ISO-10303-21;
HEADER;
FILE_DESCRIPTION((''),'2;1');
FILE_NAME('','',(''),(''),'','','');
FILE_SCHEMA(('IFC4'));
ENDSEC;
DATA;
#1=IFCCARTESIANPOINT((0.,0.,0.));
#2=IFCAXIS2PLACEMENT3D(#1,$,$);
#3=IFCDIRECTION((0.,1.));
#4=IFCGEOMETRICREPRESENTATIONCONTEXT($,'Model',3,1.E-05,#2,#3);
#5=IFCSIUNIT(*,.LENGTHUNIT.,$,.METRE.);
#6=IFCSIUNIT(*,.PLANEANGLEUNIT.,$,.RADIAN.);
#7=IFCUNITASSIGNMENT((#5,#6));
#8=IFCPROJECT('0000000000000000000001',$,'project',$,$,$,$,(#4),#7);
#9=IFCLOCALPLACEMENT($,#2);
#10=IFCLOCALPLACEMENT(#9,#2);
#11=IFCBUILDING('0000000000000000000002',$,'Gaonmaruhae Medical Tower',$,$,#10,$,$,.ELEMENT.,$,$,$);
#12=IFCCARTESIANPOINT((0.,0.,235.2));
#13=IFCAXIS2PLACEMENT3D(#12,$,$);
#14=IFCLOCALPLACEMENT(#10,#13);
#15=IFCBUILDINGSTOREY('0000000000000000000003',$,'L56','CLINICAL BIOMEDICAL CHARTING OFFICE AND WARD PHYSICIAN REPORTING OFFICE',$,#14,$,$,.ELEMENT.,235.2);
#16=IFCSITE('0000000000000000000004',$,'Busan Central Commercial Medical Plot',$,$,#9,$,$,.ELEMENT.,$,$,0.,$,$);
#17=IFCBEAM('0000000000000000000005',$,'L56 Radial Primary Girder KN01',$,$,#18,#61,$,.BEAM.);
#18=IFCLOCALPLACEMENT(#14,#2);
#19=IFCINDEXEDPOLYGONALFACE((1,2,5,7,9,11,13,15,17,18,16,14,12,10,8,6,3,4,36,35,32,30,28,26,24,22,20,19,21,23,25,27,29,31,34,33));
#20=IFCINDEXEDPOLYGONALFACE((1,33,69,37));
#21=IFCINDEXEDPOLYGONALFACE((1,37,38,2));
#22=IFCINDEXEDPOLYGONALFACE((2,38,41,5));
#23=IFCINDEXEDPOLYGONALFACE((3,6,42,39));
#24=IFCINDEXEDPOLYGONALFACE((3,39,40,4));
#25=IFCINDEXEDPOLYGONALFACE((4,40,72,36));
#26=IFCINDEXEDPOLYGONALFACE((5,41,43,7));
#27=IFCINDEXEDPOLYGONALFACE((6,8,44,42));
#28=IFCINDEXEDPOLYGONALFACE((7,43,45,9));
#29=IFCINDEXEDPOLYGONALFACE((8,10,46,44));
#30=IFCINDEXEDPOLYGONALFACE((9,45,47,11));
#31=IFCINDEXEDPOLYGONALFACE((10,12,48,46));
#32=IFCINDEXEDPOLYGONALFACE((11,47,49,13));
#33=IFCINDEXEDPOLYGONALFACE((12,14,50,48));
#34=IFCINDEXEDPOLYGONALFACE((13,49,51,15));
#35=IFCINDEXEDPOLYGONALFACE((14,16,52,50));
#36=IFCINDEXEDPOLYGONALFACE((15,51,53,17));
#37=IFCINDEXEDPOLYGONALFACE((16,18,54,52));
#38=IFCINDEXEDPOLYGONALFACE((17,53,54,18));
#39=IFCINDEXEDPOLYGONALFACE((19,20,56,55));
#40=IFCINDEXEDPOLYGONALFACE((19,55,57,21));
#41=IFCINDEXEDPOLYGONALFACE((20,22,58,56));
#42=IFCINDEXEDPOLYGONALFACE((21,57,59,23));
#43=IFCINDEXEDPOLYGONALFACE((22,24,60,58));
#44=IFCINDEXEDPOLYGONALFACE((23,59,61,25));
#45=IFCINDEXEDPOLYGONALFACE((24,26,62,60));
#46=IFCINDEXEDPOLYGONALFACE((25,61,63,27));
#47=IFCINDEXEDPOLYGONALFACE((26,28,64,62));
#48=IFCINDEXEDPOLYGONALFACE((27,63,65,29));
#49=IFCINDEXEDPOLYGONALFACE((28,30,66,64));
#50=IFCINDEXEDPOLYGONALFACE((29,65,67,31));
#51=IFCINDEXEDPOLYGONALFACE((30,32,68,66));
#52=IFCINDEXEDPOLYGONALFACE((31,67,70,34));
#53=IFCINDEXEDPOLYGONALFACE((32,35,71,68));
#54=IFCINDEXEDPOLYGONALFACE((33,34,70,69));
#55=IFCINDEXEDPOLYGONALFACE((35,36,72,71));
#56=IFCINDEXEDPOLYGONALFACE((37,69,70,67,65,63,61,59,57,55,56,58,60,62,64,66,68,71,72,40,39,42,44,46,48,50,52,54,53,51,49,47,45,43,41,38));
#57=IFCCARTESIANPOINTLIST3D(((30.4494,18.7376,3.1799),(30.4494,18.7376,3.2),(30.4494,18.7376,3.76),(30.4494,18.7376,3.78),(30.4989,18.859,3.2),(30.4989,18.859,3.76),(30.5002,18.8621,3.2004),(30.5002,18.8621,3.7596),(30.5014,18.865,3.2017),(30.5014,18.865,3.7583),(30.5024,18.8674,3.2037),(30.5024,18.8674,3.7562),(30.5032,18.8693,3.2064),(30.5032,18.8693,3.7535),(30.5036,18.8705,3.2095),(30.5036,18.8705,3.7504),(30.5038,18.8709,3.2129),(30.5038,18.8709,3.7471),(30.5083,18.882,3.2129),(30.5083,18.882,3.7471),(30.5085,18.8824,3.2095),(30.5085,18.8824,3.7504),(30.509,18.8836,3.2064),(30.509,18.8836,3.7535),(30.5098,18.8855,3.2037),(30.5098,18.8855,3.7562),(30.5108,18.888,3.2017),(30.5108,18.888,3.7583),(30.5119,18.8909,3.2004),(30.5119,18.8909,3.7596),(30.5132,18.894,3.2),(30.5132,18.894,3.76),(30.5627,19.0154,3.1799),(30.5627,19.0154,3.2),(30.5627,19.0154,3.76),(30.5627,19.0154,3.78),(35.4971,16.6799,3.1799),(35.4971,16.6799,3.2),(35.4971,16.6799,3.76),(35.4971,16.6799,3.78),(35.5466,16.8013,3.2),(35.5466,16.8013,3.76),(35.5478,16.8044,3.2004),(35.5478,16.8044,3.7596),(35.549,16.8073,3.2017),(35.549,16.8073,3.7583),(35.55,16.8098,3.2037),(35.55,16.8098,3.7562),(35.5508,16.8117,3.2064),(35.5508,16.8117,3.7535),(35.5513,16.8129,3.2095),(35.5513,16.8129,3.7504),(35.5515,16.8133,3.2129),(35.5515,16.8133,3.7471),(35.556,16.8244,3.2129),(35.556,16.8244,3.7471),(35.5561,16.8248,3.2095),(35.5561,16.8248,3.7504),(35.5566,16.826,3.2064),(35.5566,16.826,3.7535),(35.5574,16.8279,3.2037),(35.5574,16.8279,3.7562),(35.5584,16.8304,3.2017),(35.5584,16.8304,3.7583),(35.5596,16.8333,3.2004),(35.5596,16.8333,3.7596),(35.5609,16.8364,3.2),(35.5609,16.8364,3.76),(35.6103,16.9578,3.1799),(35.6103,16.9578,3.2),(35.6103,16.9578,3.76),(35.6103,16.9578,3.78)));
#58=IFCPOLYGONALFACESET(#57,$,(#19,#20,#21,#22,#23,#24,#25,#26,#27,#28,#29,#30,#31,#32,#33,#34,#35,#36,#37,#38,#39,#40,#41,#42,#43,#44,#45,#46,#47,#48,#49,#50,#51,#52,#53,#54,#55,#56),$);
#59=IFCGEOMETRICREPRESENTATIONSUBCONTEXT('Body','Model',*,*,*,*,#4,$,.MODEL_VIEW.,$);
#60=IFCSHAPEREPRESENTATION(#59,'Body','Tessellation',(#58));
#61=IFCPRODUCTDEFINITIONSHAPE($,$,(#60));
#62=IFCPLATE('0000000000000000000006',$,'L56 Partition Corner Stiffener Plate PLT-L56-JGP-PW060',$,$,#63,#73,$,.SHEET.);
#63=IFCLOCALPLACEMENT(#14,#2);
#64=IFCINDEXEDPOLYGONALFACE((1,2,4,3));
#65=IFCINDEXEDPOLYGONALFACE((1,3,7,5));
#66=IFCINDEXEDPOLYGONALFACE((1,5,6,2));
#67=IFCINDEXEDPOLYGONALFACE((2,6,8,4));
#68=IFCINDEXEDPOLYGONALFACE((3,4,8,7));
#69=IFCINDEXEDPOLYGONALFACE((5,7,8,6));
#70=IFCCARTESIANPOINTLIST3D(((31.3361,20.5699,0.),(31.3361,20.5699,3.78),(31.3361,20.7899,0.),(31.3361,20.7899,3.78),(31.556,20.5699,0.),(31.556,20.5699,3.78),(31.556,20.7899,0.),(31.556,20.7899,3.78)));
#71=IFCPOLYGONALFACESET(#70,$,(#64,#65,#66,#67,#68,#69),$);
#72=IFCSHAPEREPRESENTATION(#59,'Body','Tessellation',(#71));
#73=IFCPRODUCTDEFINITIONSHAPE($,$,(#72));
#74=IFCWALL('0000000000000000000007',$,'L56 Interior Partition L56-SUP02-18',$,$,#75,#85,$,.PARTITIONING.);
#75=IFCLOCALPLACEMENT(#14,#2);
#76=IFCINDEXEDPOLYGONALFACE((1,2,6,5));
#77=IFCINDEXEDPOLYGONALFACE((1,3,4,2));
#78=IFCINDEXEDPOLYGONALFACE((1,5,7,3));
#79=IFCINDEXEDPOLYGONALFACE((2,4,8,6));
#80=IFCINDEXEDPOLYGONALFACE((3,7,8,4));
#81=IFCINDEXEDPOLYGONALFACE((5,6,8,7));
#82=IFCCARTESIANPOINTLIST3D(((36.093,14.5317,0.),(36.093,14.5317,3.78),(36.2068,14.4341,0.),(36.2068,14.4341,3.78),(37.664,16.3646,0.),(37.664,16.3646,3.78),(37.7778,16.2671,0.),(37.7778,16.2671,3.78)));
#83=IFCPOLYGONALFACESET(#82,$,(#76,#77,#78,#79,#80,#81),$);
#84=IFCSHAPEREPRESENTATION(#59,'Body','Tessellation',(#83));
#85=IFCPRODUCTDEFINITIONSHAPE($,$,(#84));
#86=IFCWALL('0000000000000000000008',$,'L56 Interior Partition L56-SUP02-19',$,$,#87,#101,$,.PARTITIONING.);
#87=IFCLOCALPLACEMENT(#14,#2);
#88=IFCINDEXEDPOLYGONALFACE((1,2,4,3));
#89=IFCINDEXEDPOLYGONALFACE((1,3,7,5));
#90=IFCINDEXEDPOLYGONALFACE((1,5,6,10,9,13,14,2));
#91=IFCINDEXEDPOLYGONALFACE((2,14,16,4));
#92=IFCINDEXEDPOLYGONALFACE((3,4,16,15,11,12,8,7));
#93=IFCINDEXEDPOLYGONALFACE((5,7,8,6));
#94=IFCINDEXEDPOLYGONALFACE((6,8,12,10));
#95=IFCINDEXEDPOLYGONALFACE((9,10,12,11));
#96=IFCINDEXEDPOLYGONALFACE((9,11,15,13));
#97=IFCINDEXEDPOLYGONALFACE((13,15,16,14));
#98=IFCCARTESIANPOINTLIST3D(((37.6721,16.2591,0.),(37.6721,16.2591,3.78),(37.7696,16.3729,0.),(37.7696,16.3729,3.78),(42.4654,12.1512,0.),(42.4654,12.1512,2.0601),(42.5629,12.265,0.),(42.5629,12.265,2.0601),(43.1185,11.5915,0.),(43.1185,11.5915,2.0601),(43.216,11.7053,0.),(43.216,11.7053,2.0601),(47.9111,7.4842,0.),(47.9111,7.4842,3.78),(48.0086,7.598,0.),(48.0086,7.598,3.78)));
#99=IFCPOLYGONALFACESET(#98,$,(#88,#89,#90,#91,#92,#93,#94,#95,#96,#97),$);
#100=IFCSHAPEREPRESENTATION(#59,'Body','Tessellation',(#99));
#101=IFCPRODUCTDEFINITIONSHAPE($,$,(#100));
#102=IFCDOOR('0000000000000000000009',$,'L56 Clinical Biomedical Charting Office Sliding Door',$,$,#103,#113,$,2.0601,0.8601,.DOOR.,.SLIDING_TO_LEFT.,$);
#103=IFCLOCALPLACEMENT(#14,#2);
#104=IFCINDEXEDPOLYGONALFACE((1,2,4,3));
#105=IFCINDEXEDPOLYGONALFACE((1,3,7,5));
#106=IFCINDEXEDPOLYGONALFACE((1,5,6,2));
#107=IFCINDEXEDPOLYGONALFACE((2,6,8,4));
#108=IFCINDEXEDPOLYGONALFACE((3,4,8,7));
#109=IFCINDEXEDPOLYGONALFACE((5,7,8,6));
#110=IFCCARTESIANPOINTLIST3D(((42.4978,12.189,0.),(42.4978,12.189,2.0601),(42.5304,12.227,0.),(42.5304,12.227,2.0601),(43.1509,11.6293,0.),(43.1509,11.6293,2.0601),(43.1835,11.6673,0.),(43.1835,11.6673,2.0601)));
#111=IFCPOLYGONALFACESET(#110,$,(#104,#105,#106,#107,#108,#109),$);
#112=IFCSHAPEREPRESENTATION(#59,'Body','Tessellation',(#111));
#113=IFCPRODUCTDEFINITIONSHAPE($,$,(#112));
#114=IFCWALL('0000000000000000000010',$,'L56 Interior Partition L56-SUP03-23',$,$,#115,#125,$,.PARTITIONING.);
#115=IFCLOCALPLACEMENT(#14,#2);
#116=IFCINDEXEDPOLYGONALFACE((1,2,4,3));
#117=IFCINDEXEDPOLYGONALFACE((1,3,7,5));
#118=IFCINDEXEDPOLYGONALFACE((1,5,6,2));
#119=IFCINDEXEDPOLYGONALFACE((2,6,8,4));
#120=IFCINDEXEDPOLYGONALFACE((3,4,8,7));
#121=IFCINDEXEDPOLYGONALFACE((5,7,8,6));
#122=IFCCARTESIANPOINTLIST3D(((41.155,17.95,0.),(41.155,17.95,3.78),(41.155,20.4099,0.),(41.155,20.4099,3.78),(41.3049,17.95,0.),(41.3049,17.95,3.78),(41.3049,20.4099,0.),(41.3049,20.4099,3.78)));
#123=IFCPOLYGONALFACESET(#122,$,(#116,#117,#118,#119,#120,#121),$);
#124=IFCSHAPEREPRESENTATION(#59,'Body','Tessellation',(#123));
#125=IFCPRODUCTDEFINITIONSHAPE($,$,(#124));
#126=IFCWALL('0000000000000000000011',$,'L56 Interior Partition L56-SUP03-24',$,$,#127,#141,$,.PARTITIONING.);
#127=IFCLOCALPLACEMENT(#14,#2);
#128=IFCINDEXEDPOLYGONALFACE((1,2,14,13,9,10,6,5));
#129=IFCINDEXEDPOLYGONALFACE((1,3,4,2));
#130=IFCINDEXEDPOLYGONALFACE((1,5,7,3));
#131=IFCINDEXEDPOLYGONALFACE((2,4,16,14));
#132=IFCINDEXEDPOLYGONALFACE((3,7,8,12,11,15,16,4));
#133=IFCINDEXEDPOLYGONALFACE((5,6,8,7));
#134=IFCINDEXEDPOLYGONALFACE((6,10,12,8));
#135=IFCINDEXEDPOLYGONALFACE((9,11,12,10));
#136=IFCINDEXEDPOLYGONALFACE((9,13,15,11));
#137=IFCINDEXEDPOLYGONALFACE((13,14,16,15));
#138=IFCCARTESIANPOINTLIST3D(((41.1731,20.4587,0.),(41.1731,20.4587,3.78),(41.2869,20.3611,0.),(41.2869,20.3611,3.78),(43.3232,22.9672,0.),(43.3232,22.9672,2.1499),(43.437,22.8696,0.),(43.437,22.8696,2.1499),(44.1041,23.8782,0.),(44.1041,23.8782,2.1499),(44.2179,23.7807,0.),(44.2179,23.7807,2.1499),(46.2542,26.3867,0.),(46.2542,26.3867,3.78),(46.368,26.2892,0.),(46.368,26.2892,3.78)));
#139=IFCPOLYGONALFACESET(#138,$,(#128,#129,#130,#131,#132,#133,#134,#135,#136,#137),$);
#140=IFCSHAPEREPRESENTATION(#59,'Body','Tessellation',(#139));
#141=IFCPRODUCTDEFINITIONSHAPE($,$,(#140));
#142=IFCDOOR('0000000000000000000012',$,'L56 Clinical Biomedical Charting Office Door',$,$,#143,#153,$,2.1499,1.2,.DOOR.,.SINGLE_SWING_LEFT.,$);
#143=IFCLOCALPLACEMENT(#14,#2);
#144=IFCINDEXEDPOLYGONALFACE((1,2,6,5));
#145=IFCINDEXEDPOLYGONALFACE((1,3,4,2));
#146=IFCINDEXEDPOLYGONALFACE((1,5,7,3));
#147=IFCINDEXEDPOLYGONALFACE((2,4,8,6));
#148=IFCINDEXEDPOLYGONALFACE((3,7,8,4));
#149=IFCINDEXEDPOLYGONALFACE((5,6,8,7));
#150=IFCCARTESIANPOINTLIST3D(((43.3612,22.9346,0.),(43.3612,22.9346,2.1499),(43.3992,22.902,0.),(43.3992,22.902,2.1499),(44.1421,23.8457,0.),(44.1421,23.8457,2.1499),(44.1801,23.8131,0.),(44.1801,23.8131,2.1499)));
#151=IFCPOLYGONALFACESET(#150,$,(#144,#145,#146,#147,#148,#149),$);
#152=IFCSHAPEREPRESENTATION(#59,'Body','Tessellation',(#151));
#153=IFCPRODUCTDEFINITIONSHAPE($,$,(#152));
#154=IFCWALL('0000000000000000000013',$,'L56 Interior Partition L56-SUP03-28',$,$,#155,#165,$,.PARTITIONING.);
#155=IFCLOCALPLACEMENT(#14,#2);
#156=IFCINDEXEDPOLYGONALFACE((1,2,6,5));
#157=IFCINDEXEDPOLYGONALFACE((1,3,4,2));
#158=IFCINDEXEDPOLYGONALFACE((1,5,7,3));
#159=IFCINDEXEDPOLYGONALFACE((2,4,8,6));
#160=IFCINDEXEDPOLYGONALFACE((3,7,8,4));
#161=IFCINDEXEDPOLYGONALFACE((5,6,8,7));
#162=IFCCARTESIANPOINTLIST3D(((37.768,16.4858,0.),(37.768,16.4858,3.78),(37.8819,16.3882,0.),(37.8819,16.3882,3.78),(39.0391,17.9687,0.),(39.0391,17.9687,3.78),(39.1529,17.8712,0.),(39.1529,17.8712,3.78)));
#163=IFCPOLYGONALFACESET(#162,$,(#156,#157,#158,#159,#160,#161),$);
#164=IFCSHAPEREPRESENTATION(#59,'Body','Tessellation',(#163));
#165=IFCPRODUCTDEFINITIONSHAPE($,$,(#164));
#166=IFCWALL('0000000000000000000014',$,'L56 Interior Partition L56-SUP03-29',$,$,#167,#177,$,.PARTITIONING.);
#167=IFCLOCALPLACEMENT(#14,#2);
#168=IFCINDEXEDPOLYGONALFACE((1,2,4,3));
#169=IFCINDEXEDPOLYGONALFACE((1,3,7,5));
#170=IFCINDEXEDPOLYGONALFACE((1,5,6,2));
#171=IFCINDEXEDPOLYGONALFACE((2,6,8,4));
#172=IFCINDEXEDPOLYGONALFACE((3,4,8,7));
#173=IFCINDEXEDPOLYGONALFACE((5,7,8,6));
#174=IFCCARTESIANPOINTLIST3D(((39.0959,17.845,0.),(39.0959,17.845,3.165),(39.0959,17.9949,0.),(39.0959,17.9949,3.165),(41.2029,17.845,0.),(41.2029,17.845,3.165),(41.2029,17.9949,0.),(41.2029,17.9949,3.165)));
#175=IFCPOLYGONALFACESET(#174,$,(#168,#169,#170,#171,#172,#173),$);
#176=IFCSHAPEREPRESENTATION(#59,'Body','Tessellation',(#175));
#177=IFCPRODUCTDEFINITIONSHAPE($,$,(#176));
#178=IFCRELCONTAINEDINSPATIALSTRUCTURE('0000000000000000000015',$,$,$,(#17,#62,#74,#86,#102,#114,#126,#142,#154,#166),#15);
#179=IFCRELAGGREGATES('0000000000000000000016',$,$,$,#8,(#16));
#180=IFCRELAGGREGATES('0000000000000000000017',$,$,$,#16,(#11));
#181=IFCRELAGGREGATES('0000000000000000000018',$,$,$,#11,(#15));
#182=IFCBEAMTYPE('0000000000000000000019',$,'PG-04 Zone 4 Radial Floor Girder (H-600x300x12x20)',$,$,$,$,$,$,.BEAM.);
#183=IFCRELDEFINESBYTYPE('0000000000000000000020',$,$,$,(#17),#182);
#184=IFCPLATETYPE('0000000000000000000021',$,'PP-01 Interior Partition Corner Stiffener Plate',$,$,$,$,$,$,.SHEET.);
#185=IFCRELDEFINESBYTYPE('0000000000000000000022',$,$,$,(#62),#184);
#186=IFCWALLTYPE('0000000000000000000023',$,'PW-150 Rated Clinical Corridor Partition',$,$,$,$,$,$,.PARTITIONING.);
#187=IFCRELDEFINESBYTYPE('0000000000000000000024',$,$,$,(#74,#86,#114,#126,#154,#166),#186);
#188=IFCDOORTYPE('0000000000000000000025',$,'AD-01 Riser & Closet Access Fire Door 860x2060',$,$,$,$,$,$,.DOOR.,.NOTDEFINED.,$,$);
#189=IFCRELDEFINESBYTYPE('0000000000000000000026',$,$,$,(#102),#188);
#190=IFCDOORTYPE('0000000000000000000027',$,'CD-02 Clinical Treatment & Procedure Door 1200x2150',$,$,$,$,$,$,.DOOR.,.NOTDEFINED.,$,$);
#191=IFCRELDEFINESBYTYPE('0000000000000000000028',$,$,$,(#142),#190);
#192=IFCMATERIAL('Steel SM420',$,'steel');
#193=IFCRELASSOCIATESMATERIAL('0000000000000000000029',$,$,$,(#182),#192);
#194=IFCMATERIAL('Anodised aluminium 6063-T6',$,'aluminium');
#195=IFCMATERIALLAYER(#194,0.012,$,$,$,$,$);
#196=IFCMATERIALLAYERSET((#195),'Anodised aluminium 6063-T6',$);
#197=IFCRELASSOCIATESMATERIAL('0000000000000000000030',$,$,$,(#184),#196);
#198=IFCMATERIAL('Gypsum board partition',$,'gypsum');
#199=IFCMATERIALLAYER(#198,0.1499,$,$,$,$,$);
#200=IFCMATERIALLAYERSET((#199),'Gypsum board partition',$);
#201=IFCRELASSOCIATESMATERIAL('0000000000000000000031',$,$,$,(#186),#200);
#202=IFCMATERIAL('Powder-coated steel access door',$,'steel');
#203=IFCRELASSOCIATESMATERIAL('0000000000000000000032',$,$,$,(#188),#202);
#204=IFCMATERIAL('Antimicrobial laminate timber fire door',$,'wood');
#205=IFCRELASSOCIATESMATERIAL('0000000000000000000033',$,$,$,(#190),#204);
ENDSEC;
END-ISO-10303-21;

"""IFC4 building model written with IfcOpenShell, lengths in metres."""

from ifc_helpers import new_model, si_unit, direction, frame, frame_2d, origin, origin_2d, place, context, subcontext, project, spatial, rectangle, i_section, extrude, material, layer, layer_set, material_profile, profile_set, type_object, element, fill, save


model = new_model("IFC4")

# Units and contexts
model_context = context("Model", 3, precision=1e-05, world=origin(), true_north=direction((0.0, 1.0)))
body_context = subcontext(model_context, "Body", "Model", "MODEL_VIEW")
ifc_project = project(units=[si_unit("LENGTHUNIT", "METRE"), si_unit("PLANEANGLEUNIT", "RADIAN")], contexts=[model_context])

# Site, building, storey
site_placement = place(None, origin())
site = spatial("IfcSite", under=ifc_project, at=site_placement, Name="Busan Central Commercial Medical Plot", CompositionType="ELEMENT", RefElevation=0.0)
building_placement = place(site_placement, origin())
building = spatial("IfcBuilding", under=site, at=building_placement, Name="Gaonmaruhae Medical Tower", CompositionType="ELEMENT")
storey_placement = place(building_placement, frame((0.0, 0.0, 235.2)))
storey = spatial("IfcBuildingStorey", under=building, at=storey_placement, Name="L56", Description="CLINICAL BIOMEDICAL CHARTING OFFICE AND WARD PHYSICIAN REPORTING OFFICE", CompositionType="ELEMENT", Elevation=235.2)

# Beam
ifc_material_1 = material(Name="Steel SM420", Category="steel")
ifc_material_profile_1 = material_profile(ifc_material_1, i_section(OverallWidth=0.3, OverallDepth=0.6001, WebThickness=0.012, FlangeThickness=0.02, FilletRadius=0.0129, at=origin_2d()), Name="H-600x300x12x20")
ifc_profile_set_1 = profile_set([ifc_material_profile_1], Name="Steel SM420")
beam_type_1 = type_object("IfcBeamType", Name="PG-04 Zone 4 Radial Floor Girder (H-600x300x12x20)", PredefinedType="BEAM", material=ifc_profile_set_1)
beam_1_placement = place(storey_placement, frame((35.5537, 16.8188, 3.48), z_axis=(-0.926016, 0.377483, 0.0), x_axis=(-0.377483, -0.926016, 0.0)))
element("IfcBeam", 1, at=beam_1_placement, inside=storey, type_object=beam_type_1, Name="L56 Radial Primary Girder KN01", PredefinedType="BEAM", context=body_context, shape_type="SweptSolid", body=[
    extrude(i_section(OverallWidth=0.3, OverallDepth=0.6001, WebThickness=0.012, FlangeThickness=0.02, FilletRadius=0.0129, at=origin_2d()), origin(), (0.0, 0.0, 1.0), 5.4509),
])

# Plate
ifc_material_2 = material(Name="Anodised aluminium 6063-T6", Category="aluminium")
ifc_layer_1 = layer(ifc_material_2, 0.012)
ifc_layer_set_1 = layer_set([ifc_layer_1], Name="Anodised aluminium 6063-T6")
plate_type = type_object("IfcPlateType", Name="PP-01 Interior Partition Corner Stiffener Plate", PredefinedType="SHEET", material=ifc_layer_set_1)
plate_placement = place(storey_placement, frame((31.446, 20.6799, 0.0), z_axis=(0.0, 0.0, 1.0), x_axis=(-1.0, 0.0, 0.0)))
element("IfcPlate", 2, at=plate_placement, inside=storey, type_object=plate_type, Name="L56 Partition Corner Stiffener Plate PLT-L56-JGP-PW060", PredefinedType="SHEET", context=body_context, shape_type="SweptSolid", body=[
    extrude(rectangle(XDim=0.22, YDim=0.22, at=origin_2d()), origin(), (0.0, 0.0, 1.0), 3.78),
])

# Wall
ifc_material_3 = material(Name="Gypsum board partition", Category="gypsum")
ifc_layer_2 = layer(ifc_material_3, 0.1499)
ifc_layer_set_2 = layer_set([ifc_layer_2], Name="Gypsum board partition")
wall_type_1 = type_object("IfcWallType", Name="PW-150 Rated Clinical Corridor Partition", PredefinedType="PARTITIONING", material=ifc_layer_set_2)
wall_1_placement = place(storey_placement, frame((36.1499, 14.4829, 0.0), z_axis=(0.0, 0.0, 1.0), x_axis=(0.650766, 0.759278, 0.0)))
element("IfcWall", 3, at=wall_1_placement, inside=storey, type_object=wall_type_1, Name="L56 Interior Partition L56-SUP02-18", PredefinedType="PARTITIONING", context=body_context, shape_type="SweptSolid", body=[
    extrude(rectangle(XDim=2.4141, YDim=0.1499, at=frame_2d((1.207, 0.0))), origin(), (0.0, 0.0, 1.0), 3.78),
])

# Wall, opening, door
wall_2_placement = place(storey_placement, frame((37.7209, 16.3159, 0.0), z_axis=(0.0, 0.0, 1.0), x_axis=(0.759308, -0.650732, 0.0)))
wall_2 = element("IfcWall", 4, at=wall_2_placement, inside=storey, type_object=wall_type_1, Name="L56 Interior Partition L56-SUP02-19", PredefinedType="PARTITIONING", context=body_context, shape_type="SweptSolid", body=[
    extrude(rectangle(XDim=13.4846, YDim=0.1499, at=frame_2d((6.7422, 0.0))), origin(), (0.0, 0.0, 1.0), 3.78),
])
opening_1_placement = place(wall_2_placement, frame((6.3125, 0.0, 0.0)))
opening_1 = element("IfcOpeningElement", 5, at=opening_1_placement, cuts=wall_2, PredefinedType="OPENING", context=body_context, shape_type="SweptSolid", body=[
    extrude(rectangle(XDim=0.8601, YDim=2.0601, at=frame_2d((0.4302, 1.03))), frame((0.0, 0.085, 0.0), z_axis=(0.0, -1.0, 0.0), x_axis=(1.0, 0.0, 0.0)), (0.0, 0.0, 1.0), 0.1699),
])
ifc_material_4 = material(Name="Powder-coated steel access door", Category="steel")
door_type_1 = type_object("IfcDoorType", Name="AD-01 Riser & Closet Access Fire Door 860x2060", OperationType="NOTDEFINED", PredefinedType="DOOR", material=ifc_material_4)
door_1_placement = place(opening_1_placement, origin())
door_1 = element("IfcDoor", 6, at=door_1_placement, inside=storey, type_object=door_type_1, Name="L56 Clinical Biomedical Charting Office Sliding Door", OperationType="SLIDING_TO_LEFT", OverallHeight=2.0601, OverallWidth=0.8601, PredefinedType="DOOR", context=body_context, shape_type="SweptSolid", body=[
    extrude(rectangle(XDim=0.8601, YDim=2.0601, at=frame_2d((0.4302, 1.03))), frame((0.0, 0.0249, 0.0), z_axis=(0.0, -1.0, 0.0), x_axis=(1.0, 0.0, 0.0)), (0.0, 0.0, 1.0), 0.05),
])
fill(opening_1, door_1)

# Wall
wall_3_placement = place(storey_placement, frame((41.23, 17.95, 0.0), z_axis=(0.0, 0.0, 1.0), x_axis=(0.0, 1.0, 0.0)))
element("IfcWall", 7, at=wall_3_placement, inside=storey, type_object=wall_type_1, Name="L56 Interior Partition L56-SUP03-23", PredefinedType="PARTITIONING", context=body_context, shape_type="SweptSolid", body=[
    extrude(rectangle(XDim=2.46, YDim=0.1499, at=frame_2d((1.23, 0.0))), origin(), (0.0, 0.0, 1.0), 3.78),
])

# Wall, opening, door
wall_4_placement = place(storey_placement, frame((41.23, 20.4099, 0.0), z_axis=(0.0, 0.0, 1.0), x_axis=(0.650786, 0.759261, 0.0)))
wall_4 = element("IfcWall", 8, at=wall_4_placement, inside=storey, type_object=wall_type_1, Name="L56 Interior Partition L56-SUP03-24", PredefinedType="PARTITIONING", context=body_context, shape_type="SweptSolid", body=[
    extrude(rectangle(XDim=7.8076, YDim=0.1499, at=frame_2d((3.9038, 0.0))), origin(), (0.0, 0.0, 1.0), 3.78),
])
opening_2_placement = place(wall_4_placement, frame((3.3037, 0.0, 0.0)))
opening_2 = element("IfcOpeningElement", 9, at=opening_2_placement, cuts=wall_4, PredefinedType="OPENING", context=body_context, shape_type="SweptSolid", body=[
    extrude(rectangle(XDim=1.2, YDim=2.1499, at=frame_2d((0.6001, 1.075))), frame((0.0, 0.085, 0.0), z_axis=(0.0, -1.0, 0.0), x_axis=(1.0, 0.0, 0.0)), (0.0, 0.0, 1.0), 0.1699),
])
ifc_material_5 = material(Name="Antimicrobial laminate timber fire door", Category="wood")
door_type_2 = type_object("IfcDoorType", Name="CD-02 Clinical Treatment & Procedure Door 1200x2150", OperationType="NOTDEFINED", PredefinedType="DOOR", material=ifc_material_5)
door_2_placement = place(opening_2_placement, origin())
door_2 = element("IfcDoor", 10, at=door_2_placement, inside=storey, type_object=door_type_2, Name="L56 Clinical Biomedical Charting Office Door", OperationType="SINGLE_SWING_LEFT", OverallHeight=2.1499, OverallWidth=1.2, PredefinedType="DOOR", context=body_context, shape_type="SweptSolid", body=[
    extrude(rectangle(XDim=1.2, YDim=2.1499, at=frame_2d((0.6001, 1.075))), frame((0.0, 0.0249, 0.0), z_axis=(0.0, -1.0, 0.0), x_axis=(1.0, 0.0, 0.0)), (0.0, 0.0, 1.0), 0.05),
])
fill(opening_2, door_2)

# Walls
wall_5_placement = place(storey_placement, frame((37.825, 16.437, 0.0), z_axis=(0.0, 0.0, 1.0), x_axis=(0.650771, 0.759274, 0.0)))
element("IfcWall", 11, at=wall_5_placement, inside=storey, type_object=wall_type_1, Name="L56 Interior Partition L56-SUP03-28", PredefinedType="PARTITIONING", context=body_context, shape_type="SweptSolid", body=[
    extrude(rectangle(XDim=1.9531, YDim=0.1499, at=frame_2d((0.9766, 0.0))), origin(), (0.0, 0.0, 1.0), 3.78),
])
wall_6_placement = place(storey_placement, frame((39.0959, 17.9199, 0.0), z_axis=(0.0, 0.0, 1.0), x_axis=(1.0, 0.0, 0.0)))
element("IfcWall", 12, at=wall_6_placement, inside=storey, type_object=wall_type_1, Name="L56 Interior Partition L56-SUP03-29", PredefinedType="PARTITIONING", context=body_context, shape_type="SweptSolid", body=[
    extrude(rectangle(XDim=2.1069, YDim=0.1499, at=frame_2d((1.0535, 0.0))), origin(), (0.0, 0.0, 1.0), 3.165),
])

save(model, "model.ifc")
